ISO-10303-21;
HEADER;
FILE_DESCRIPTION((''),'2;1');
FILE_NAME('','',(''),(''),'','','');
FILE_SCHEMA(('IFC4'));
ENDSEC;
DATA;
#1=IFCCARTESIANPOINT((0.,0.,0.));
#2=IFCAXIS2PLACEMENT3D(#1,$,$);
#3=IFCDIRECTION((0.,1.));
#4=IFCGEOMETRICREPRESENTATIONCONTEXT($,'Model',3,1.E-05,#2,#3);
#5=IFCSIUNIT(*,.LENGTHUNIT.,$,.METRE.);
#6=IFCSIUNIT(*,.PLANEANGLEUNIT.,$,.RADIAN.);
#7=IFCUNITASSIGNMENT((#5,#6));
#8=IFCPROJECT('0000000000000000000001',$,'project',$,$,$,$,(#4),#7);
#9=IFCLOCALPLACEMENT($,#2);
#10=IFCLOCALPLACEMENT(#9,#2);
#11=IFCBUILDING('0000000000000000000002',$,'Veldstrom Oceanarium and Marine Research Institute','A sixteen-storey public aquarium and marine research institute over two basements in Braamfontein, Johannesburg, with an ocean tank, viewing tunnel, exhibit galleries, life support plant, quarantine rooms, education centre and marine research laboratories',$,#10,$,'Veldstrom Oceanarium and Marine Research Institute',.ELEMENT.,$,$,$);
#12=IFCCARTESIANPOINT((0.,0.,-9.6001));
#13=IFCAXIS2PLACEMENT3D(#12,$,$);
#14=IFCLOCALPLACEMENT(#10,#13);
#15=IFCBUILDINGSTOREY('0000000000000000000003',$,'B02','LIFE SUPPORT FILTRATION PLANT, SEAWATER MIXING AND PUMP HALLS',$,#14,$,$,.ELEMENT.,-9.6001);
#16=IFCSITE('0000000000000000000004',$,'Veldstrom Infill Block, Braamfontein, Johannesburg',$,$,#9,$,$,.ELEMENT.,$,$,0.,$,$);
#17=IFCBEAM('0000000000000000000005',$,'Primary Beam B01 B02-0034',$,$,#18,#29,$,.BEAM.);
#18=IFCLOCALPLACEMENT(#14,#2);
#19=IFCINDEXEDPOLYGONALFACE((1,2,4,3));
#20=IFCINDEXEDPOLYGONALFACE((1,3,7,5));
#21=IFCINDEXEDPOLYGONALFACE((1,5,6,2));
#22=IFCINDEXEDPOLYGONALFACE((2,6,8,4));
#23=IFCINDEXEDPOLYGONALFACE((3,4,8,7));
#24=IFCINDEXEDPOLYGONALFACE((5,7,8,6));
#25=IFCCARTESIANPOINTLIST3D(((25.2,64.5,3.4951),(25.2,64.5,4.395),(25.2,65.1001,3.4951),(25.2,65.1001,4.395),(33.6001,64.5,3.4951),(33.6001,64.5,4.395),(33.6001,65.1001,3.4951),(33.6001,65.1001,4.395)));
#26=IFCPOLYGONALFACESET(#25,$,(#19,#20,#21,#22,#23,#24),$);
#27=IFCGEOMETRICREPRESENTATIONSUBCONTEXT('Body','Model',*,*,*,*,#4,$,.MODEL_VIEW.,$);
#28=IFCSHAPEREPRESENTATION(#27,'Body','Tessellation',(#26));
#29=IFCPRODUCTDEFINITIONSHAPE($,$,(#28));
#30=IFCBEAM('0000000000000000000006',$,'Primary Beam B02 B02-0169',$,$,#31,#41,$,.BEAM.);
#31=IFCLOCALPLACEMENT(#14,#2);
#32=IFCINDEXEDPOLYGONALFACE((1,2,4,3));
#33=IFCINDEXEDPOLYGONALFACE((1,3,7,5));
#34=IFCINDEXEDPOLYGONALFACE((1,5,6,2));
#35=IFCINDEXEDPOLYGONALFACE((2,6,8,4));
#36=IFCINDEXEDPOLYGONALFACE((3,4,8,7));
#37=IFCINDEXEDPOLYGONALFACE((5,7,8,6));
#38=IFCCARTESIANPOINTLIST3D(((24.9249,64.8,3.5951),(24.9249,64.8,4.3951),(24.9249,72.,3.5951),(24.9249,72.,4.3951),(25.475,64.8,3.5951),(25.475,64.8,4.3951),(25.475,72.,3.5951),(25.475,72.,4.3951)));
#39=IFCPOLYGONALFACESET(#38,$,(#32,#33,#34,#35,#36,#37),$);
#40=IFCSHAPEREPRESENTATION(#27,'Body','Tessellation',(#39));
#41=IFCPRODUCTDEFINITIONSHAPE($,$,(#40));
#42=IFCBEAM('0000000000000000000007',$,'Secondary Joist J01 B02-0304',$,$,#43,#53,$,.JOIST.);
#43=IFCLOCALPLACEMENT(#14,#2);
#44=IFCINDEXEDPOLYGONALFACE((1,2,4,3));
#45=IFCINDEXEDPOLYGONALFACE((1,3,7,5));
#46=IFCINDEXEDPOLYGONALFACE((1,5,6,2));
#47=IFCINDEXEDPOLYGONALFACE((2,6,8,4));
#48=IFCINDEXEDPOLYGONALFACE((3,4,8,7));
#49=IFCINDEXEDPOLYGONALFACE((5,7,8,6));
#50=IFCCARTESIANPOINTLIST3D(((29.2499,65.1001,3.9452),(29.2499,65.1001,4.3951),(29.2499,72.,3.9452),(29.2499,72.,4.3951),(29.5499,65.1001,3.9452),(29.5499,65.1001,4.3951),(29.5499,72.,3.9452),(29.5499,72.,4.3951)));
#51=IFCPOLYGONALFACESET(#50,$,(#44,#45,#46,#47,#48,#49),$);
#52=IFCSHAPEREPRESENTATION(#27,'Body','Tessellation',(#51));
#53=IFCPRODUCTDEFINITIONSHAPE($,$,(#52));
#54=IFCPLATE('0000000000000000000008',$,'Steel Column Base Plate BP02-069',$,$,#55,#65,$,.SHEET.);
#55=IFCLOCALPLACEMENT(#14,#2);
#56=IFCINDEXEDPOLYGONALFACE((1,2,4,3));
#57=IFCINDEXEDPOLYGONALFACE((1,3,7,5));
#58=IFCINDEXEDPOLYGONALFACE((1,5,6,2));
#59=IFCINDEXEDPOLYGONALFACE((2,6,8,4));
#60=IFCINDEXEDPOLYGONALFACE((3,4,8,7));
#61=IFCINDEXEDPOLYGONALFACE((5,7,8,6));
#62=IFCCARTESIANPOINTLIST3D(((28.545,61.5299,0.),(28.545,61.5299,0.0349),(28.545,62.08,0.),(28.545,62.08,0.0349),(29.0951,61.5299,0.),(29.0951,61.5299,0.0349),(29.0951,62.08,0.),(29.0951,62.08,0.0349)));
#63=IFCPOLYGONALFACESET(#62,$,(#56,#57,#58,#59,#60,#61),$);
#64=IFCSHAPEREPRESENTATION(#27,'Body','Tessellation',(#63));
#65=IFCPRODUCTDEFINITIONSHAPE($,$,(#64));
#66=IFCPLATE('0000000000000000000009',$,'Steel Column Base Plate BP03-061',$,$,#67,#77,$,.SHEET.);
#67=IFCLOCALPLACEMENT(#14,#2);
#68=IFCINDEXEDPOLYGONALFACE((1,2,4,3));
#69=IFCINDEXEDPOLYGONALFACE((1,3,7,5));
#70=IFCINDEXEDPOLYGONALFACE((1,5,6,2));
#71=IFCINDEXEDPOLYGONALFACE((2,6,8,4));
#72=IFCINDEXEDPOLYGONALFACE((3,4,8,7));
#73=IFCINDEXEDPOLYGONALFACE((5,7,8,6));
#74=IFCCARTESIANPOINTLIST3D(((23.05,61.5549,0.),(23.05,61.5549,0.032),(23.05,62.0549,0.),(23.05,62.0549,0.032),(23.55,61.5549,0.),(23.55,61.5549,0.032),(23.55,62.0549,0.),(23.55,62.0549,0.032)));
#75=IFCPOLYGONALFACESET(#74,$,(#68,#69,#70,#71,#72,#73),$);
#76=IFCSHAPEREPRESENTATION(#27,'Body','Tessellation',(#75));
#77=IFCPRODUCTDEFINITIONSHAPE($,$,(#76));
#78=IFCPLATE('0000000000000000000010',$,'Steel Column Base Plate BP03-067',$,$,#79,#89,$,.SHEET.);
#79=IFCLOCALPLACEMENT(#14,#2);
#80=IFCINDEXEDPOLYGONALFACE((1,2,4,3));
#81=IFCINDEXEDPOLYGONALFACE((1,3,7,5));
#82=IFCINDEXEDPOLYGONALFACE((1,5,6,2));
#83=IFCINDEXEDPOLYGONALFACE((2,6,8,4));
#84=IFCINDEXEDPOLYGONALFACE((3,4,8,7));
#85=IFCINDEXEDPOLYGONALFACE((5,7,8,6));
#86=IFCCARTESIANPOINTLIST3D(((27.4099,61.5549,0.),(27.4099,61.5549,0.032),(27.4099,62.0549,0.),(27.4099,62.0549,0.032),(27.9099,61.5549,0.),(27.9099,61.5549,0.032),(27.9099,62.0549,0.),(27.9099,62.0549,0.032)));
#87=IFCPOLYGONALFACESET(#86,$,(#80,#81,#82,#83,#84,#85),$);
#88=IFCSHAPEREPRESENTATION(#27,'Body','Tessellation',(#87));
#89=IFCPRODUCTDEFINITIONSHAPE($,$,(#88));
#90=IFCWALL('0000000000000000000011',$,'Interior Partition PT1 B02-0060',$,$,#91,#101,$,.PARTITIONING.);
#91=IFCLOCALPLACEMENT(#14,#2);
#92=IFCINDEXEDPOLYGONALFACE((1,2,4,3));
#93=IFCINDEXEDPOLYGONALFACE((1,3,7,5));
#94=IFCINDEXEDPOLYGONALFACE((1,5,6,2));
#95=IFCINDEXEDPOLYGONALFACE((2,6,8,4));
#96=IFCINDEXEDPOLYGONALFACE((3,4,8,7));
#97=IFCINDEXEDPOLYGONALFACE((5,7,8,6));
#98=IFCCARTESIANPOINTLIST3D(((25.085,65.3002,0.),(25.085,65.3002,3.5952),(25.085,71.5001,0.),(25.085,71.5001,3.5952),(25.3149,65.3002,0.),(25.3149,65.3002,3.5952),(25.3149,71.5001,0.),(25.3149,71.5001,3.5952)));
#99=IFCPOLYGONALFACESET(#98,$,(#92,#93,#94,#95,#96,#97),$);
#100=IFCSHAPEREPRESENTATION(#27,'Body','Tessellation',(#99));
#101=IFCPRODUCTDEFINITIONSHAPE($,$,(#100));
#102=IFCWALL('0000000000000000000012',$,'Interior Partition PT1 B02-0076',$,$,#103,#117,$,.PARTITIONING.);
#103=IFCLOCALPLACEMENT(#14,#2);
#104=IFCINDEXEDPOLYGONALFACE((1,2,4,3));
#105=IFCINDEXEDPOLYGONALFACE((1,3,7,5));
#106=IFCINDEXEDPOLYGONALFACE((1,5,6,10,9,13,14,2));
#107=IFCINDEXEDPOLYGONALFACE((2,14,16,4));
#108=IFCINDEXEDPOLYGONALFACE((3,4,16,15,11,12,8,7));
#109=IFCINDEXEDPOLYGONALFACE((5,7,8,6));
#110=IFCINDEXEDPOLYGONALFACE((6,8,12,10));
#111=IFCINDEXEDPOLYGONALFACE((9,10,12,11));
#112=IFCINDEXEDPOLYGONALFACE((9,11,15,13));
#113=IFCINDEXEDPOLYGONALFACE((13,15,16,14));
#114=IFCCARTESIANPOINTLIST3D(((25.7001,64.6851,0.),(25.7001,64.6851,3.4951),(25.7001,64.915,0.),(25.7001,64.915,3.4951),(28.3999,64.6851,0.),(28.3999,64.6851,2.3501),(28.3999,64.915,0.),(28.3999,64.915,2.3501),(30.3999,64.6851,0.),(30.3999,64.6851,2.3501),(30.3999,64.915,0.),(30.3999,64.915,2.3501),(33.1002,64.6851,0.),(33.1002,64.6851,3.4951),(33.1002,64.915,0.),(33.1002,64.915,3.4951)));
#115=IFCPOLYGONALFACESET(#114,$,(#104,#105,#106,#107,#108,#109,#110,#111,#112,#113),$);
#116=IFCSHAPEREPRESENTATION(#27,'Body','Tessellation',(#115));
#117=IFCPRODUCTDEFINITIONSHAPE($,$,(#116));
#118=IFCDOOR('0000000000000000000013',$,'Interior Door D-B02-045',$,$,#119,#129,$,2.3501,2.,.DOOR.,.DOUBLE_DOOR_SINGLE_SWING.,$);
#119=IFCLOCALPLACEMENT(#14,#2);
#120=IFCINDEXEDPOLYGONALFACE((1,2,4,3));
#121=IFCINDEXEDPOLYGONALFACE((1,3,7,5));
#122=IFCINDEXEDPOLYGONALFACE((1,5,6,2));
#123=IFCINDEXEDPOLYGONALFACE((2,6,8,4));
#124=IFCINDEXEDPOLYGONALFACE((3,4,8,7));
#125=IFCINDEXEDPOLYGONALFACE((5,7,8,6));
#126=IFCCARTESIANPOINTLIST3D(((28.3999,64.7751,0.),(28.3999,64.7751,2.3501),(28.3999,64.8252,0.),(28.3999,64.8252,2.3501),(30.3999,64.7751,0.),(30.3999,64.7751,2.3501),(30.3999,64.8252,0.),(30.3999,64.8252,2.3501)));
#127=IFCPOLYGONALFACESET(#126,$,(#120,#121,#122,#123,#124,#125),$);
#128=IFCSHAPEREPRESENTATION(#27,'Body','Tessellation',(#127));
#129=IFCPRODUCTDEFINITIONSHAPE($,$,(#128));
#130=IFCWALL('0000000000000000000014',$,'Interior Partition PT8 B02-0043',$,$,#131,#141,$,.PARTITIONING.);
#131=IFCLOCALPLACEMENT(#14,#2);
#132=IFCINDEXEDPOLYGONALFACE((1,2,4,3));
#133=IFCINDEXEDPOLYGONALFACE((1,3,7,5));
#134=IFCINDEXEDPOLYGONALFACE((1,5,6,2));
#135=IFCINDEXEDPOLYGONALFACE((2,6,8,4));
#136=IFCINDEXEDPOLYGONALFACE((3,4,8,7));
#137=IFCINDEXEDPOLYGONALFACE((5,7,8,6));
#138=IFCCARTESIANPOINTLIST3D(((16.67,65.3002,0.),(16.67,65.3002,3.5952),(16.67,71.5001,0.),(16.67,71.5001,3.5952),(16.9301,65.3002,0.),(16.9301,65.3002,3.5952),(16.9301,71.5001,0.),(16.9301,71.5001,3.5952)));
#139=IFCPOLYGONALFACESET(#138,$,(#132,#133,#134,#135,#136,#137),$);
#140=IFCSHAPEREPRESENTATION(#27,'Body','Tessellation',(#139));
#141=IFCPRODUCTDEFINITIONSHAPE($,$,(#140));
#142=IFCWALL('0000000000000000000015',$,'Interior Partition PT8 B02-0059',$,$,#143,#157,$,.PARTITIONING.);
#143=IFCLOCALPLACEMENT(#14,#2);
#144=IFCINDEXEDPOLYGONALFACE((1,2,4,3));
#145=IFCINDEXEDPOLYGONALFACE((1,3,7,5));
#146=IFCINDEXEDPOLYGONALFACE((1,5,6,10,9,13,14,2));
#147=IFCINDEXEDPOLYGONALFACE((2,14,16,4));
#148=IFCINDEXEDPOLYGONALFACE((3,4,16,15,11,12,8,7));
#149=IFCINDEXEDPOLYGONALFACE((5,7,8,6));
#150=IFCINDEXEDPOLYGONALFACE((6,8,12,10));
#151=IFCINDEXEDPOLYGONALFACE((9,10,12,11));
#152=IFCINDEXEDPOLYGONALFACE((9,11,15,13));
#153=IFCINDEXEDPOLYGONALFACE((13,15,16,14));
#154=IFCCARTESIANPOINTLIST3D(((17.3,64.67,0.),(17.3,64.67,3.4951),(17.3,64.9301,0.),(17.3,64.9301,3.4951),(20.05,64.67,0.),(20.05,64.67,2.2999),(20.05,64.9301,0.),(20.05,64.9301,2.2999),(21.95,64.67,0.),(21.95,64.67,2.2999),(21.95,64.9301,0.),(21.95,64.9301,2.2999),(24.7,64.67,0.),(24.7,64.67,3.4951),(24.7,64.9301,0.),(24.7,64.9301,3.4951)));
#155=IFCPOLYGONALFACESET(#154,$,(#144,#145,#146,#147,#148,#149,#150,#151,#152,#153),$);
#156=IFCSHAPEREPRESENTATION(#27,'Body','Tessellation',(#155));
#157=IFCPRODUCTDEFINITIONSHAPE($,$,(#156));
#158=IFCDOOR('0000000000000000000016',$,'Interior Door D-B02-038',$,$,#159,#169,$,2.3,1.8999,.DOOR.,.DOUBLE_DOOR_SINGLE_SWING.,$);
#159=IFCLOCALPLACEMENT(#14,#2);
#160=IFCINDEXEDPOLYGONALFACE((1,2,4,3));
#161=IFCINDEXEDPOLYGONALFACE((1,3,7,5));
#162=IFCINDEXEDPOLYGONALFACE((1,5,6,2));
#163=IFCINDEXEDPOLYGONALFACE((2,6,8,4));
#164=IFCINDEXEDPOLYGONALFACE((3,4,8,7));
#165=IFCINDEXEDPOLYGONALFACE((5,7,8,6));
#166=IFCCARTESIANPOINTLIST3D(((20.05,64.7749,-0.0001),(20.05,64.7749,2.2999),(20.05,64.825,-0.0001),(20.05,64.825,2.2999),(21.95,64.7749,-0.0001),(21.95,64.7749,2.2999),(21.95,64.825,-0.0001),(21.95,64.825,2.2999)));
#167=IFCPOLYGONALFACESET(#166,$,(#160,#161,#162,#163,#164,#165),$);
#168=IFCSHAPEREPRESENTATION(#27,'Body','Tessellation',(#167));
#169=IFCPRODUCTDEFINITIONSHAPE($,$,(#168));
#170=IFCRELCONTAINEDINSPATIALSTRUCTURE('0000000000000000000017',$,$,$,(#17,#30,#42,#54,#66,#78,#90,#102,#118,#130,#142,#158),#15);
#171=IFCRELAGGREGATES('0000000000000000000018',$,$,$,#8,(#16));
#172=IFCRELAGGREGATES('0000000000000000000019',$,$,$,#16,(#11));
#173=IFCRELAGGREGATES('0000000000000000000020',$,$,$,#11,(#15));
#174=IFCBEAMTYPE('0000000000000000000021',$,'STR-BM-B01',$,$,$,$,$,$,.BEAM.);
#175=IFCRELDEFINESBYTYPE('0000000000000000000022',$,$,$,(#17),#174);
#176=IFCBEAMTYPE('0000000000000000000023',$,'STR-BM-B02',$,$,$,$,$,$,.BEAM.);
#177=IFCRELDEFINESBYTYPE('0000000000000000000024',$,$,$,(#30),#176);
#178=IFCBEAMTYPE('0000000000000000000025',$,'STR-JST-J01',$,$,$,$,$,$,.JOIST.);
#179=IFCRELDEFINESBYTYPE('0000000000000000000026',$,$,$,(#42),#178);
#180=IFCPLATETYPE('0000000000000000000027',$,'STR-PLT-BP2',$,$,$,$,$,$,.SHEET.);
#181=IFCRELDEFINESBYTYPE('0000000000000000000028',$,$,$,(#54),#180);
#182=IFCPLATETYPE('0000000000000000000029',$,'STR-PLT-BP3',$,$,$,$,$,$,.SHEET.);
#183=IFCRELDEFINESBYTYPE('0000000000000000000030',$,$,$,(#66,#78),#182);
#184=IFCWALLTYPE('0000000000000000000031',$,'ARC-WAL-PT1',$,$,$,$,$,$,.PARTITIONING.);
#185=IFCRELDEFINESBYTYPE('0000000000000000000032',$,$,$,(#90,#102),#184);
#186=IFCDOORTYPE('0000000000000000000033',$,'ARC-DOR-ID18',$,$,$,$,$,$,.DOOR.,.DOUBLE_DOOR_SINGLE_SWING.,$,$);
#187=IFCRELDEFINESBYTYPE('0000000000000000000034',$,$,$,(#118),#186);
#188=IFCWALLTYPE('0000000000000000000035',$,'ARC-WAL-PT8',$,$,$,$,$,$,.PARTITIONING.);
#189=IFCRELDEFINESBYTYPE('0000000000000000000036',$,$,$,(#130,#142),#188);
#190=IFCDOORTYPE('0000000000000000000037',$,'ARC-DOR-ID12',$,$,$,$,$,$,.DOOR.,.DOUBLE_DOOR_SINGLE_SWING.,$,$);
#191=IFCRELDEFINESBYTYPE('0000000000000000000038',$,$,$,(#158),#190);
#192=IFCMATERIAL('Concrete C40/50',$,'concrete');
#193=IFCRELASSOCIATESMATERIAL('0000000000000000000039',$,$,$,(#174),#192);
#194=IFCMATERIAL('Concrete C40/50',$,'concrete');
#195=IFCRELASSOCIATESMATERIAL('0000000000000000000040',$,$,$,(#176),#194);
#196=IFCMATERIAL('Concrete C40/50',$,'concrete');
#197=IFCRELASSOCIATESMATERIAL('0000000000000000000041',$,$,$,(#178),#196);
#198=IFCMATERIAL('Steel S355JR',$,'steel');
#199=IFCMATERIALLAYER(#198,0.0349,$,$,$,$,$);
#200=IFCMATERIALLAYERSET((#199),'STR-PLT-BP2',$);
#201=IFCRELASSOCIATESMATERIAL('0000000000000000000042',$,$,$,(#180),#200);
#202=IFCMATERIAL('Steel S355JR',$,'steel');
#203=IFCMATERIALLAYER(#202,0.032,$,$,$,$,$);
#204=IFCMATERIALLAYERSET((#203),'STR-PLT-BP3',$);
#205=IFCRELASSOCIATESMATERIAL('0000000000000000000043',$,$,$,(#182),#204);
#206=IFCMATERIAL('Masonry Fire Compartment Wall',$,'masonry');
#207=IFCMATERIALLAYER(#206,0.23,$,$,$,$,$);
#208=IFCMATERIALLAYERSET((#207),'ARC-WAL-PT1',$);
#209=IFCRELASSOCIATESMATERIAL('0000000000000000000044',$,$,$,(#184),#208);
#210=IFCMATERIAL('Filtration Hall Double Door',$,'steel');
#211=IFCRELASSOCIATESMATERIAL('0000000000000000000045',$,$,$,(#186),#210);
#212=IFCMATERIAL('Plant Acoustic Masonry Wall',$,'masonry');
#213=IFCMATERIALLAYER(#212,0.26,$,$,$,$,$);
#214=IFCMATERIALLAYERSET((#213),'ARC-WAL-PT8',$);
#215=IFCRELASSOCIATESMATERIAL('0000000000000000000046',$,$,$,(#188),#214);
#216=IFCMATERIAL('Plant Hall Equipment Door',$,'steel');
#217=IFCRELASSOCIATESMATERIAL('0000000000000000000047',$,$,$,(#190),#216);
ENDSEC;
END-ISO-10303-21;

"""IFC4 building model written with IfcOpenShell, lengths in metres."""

from ifc_helpers import new_model, si_unit, direction, frame, frame_2d, origin, origin_2d, place, context, subcontext, project, spatial, rectangle, extrude, material, layer, layer_set, material_profile, profile_set, type_object, element, fill, save


model = new_model("IFC4")

# Units and contexts
model_context = context("Model", 3, precision=1e-05, world=origin(), true_north=direction((0.0, 1.0)))
body_context = subcontext(model_context, "Body", "Model", "MODEL_VIEW")
ifc_project = project(units=[si_unit("LENGTHUNIT", "METRE"), si_unit("PLANEANGLEUNIT", "RADIAN")], contexts=[model_context])

# Site, building, storey
site_placement = place(None, origin())
site = spatial("IfcSite", under=ifc_project, at=site_placement, Name="Veldstrom Infill Block, Braamfontein, Johannesburg", CompositionType="ELEMENT", RefElevation=0.0)
building_placement = place(site_placement, origin())
building = spatial("IfcBuilding", under=site, at=building_placement, Name="Veldstrom Oceanarium and Marine Research Institute", Description="A sixteen-storey public aquarium and marine research institute over two basements in Braamfontein, Johannesburg, with an ocean tank, viewing tunnel, exhibit galleries, life support plant, quarantine rooms, education centre and marine research laboratories", LongName="Veldstrom Oceanarium and Marine Research Institute", CompositionType="ELEMENT")
storey_placement = place(building_placement, frame((0.0, 0.0, -9.6001)))
storey = spatial("IfcBuildingStorey", under=building, at=storey_placement, Name="B02", Description="LIFE SUPPORT FILTRATION PLANT, SEAWATER MIXING AND PUMP HALLS", CompositionType="ELEMENT", Elevation=-9.6001)

# Beams
ifc_material_1 = material(Name="Concrete C40/50", Category="concrete")
ifc_material_profile_1 = material_profile(ifc_material_1, rectangle(XDim=0.6001, YDim=0.8999, at=origin_2d()), Name="RC-BM-600x900")
ifc_profile_set_1 = profile_set([ifc_material_profile_1], Name="Concrete C40/50")
beam_type_1 = type_object("IfcBeamType", Name="STR-BM-B01", PredefinedType="BEAM", material=ifc_profile_set_1)
beam_1_placement = place(storey_placement, frame((25.2, 64.8, 3.9451), z_axis=(1.0, 0.0, 0.0), x_axis=(0.0, 1.0, 0.0)))
element("IfcBeam", 1, at=beam_1_placement, inside=storey, type_object=beam_type_1, Name="Primary Beam B01 B02-0034", PredefinedType="BEAM", context=body_context, shape_type="SweptSolid", body=[
    extrude(rectangle(XDim=0.6001, YDim=0.8999, at=origin_2d()), origin(), (0.0, 0.0, 1.0), 8.4001),
])
ifc_material_2 = material(Name="Concrete C40/50", Category="concrete")
ifc_material_profile_2 = material_profile(ifc_material_2, rectangle(XDim=0.55, YDim=0.8, at=origin_2d()), Name="RC-BM-550x800")
ifc_profile_set_2 = profile_set([ifc_material_profile_2], Name="Concrete C40/50")
beam_type_2 = type_object("IfcBeamType", Name="STR-BM-B02", PredefinedType="BEAM", material=ifc_profile_set_2)
beam_2_placement = place(storey_placement, frame((25.2, 64.8, 3.9951), z_axis=(0.0, 1.0, 0.0), x_axis=(-1.0, 0.0, 0.0)))
element("IfcBeam", 2, at=beam_2_placement, inside=storey, type_object=beam_type_2, Name="Primary Beam B02 B02-0169", PredefinedType="BEAM", context=body_context, shape_type="SweptSolid", body=[
    extrude(rectangle(XDim=0.55, YDim=0.8, at=origin_2d()), origin(), (0.0, 0.0, 1.0), 7.2),
])
ifc_material_3 = material(Name="Concrete C40/50", Category="concrete")
ifc_material_profile_3 = material_profile(ifc_material_3, rectangle(XDim=0.3, YDim=0.45, at=origin_2d()), Name="RC-JST-300x450")
ifc_profile_set_3 = profile_set([ifc_material_profile_3], Name="Concrete C40/50")
beam_type_3 = type_object("IfcBeamType", Name="STR-JST-J01", PredefinedType="JOIST", material=ifc_profile_set_3)
beam_3_placement = place(storey_placement, frame((29.3999, 65.1001, 4.1702), z_axis=(0.0, 1.0, 0.0), x_axis=(-1.0, 0.0, 0.0)))
element("IfcBeam", 3, at=beam_3_placement, inside=storey, type_object=beam_type_3, Name="Secondary Joist J01 B02-0304", PredefinedType="JOIST", context=body_context, shape_type="SweptSolid", body=[
    extrude(rectangle(XDim=0.3, YDim=0.45, at=origin_2d()), origin(), (0.0, 0.0, 1.0), 6.8999),
])

# Plates
ifc_material_4 = material(Name="Steel S355JR", Category="steel")
ifc_layer_1 = layer(ifc_material_4, 0.0349)
ifc_layer_set_1 = layer_set([ifc_layer_1], Name="STR-PLT-BP2")
plate_type_1 = type_object("IfcPlateType", Name="STR-PLT-BP2", PredefinedType="SHEET", material=ifc_layer_set_1)
plate_placement = place(storey_placement, frame((28.8201, 61.8049, 0.0), z_axis=(0.0, 0.0, 1.0), x_axis=(1.0, 0.0, 0.0)))
element("IfcPlate", 4, at=plate_placement, inside=storey, type_object=plate_type_1, Name="Steel Column Base Plate BP02-069", PredefinedType="SHEET", context=body_context, shape_type="SweptSolid", body=[
    extrude(rectangle(XDim=0.55, YDim=0.55, at=origin_2d()), origin(), (0.0, 0.0, 1.0), 0.0349),
])
ifc_material_5 = material(Name="Steel S355JR", Category="steel")
ifc_layer_2 = layer(ifc_material_5, 0.032)
ifc_layer_set_2 = layer_set([ifc_layer_2], Name="STR-PLT-BP3")
plate_type_2 = type_object("IfcPlateType", Name="STR-PLT-BP3", PredefinedType="SHEET", material=ifc_layer_set_2)
for number, where, z_axis, x_axis, name in (
    (5, (23.3, 61.8049, 0.0), (0.0, 0.0, 1.0), (1.0, 0.0, 0.0), "Steel Column Base Plate BP03-061"),
    (6, (27.6599, 61.8049, 0.0), (0.0, 0.0, 1.0), (1.0, 0.0, 0.0), "Steel Column Base Plate BP03-067"),
):
    element("IfcPlate", number, at=place(storey_placement, frame(where, z_axis=z_axis, x_axis=x_axis)), inside=storey, type_object=plate_type_2, Name=name, PredefinedType="SHEET", context=body_context, shape_type="SweptSolid", body=[
        extrude(rectangle(XDim=0.5, YDim=0.5, at=origin_2d()), origin(), (0.0, 0.0, 1.0), 0.032),
    ])

# Wall
ifc_material_6 = material(Name="Masonry Fire Compartment Wall", Category="masonry")
ifc_layer_3 = layer(ifc_material_6, 0.23)
ifc_layer_set_3 = layer_set([ifc_layer_3], Name="ARC-WAL-PT1")
wall_type_1 = type_object("IfcWallType", Name="ARC-WAL-PT1", PredefinedType="PARTITIONING", material=ifc_layer_set_3)
wall_1_placement = place(storey_placement, frame((25.2, 65.3, 0.0), z_axis=(0.0, 0.0, 1.0), x_axis=(0.0, 1.0, 0.0)))
element("IfcWall", 7, at=wall_1_placement, inside=storey, type_object=wall_type_1, Name="Interior Partition PT1 B02-0060", PredefinedType="PARTITIONING", context=body_context, shape_type="SweptSolid", body=[
    extrude(rectangle(XDim=6.2, YDim=0.23, at=frame_2d((3.1001, 0.0))), origin(), (0.0, 0.0, 1.0), 3.5952),
])

# Wall, opening, door
wall_2_placement = place(storey_placement, frame((25.7, 64.8, 0.0), z_axis=(0.0, 0.0, 1.0), x_axis=(1.0, 0.0, 0.0)))
wall_2 = element("IfcWall", 8, at=wall_2_placement, inside=storey, type_object=wall_type_1, Name="Interior Partition PT1 B02-0076", PredefinedType="PARTITIONING", context=body_context, shape_type="SweptSolid", body=[
    extrude(rectangle(XDim=7.4001, YDim=0.23, at=frame_2d((3.7002, 0.0))), origin(), (0.0, 0.0, 1.0), 3.4951),
])
opening_1_placement = place(wall_2_placement, frame((2.7, 0.0, 0.0)))
opening_1 = element("IfcOpeningElement", 9, at=opening_1_placement, cuts=wall_2, PredefinedType="OPENING", context=body_context, shape_type="SweptSolid", body=[
    extrude(rectangle(XDim=2.0, YDim=2.3501, at=frame_2d((1.0, 1.175))), frame((0.0, 0.125, 0.0), z_axis=(0.0, -1.0, 0.0), x_axis=(1.0, 0.0, 0.0)), (0.0, 0.0, 1.0), 0.25),
])
ifc_material_7 = material(Name="Filtration Hall Double Door", Category="steel")
door_type_1 = type_object("IfcDoorType", Name="ARC-DOR-ID18", OperationType="DOUBLE_DOOR_SINGLE_SWING", PredefinedType="DOOR", material=ifc_material_7)
door_1_placement = place(opening_1_placement, frame((2.0, 0.0, 0.0), z_axis=(0.0, 0.0, 1.0), x_axis=(-1.0, 0.0, 0.0)))
door_1 = element("IfcDoor", 10, at=door_1_placement, inside=storey, type_object=door_type_1, Name="Interior Door D-B02-045", OperationType="DOUBLE_DOOR_SINGLE_SWING", OverallHeight=2.3501, OverallWidth=2.0, PredefinedType="DOOR", context=body_context, shape_type="SweptSolid", body=[
    extrude(rectangle(XDim=2.0, YDim=2.3501, at=frame_2d((1.0, 1.175))), frame((0.0, 0.0249, 0.0), z_axis=(0.0, -1.0, 0.0), x_axis=(1.0, 0.0, 0.0)), (0.0, 0.0, 1.0), 0.05),
])
fill(opening_1, door_1)

# Wall
ifc_material_8 = material(Name="Plant Acoustic Masonry Wall", Category="masonry")
ifc_layer_4 = layer(ifc_material_8, 0.26)
ifc_layer_set_4 = layer_set([ifc_layer_4], Name="ARC-WAL-PT8")
wall_type_2 = type_object("IfcWallType", Name="ARC-WAL-PT8", PredefinedType="PARTITIONING", material=ifc_layer_set_4)
wall_3_placement = place(storey_placement, frame((16.8, 65.3, 0.0), z_axis=(0.0, 0.0, 1.0), x_axis=(0.0, 1.0, 0.0)))
element("IfcWall", 11, at=wall_3_placement, inside=storey, type_object=wall_type_2, Name="Interior Partition PT8 B02-0043", PredefinedType="PARTITIONING", context=body_context, shape_type="SweptSolid", body=[
    extrude(rectangle(XDim=6.2, YDim=0.26, at=frame_2d((3.1001, 0.0))), origin(), (0.0, 0.0, 1.0), 3.5952),
])

# Wall, opening, door
wall_4_placement = place(storey_placement, frame((17.3, 64.8, 0.0), z_axis=(0.0, 0.0, 1.0), x_axis=(1.0, 0.0, 0.0)))
wall_4 = element("IfcWall", 12, at=wall_4_placement, inside=storey, type_object=wall_type_2, Name="Interior Partition PT8 B02-0059", PredefinedType="PARTITIONING", context=body_context, shape_type="SweptSolid", body=[
    extrude(rectangle(XDim=7.3999, YDim=0.26, at=frame_2d((3.7, 0.0))), origin(), (0.0, 0.0, 1.0), 3.4951),
])
opening_2_placement = place(wall_4_placement, frame((2.75, 0.0, 0.0)))
opening_2 = element("IfcOpeningElement", 13, at=opening_2_placement, cuts=wall_4, PredefinedType="OPENING", context=body_context, shape_type="SweptSolid", body=[
    extrude(rectangle(XDim=1.8999, YDim=2.3, at=frame_2d((0.95, 1.1499))), frame((0.0, 0.1399, 0.0), z_axis=(0.0, -1.0, 0.0), x_axis=(1.0, 0.0, 0.0)), (0.0, 0.0, 1.0), 0.28),
])
ifc_material_9 = material(Name="Plant Hall Equipment Door", Category="steel")
door_type_2 = type_object("IfcDoorType", Name="ARC-DOR-ID12", OperationType="DOUBLE_DOOR_SINGLE_SWING", PredefinedType="DOOR", material=ifc_material_9)
door_2_placement = place(opening_2_placement, origin())
door_2 = element("IfcDoor", 14, at=door_2_placement, inside=storey, type_object=door_type_2, Name="Interior Door D-B02-038", OperationType="DOUBLE_DOOR_SINGLE_SWING", OverallHeight=2.3, OverallWidth=1.8999, PredefinedType="DOOR", context=body_context, shape_type="SweptSolid", body=[
    extrude(rectangle(XDim=1.8999, YDim=2.3, at=frame_2d((0.95, 1.1499))), frame((0.0, 0.0249, 0.0), z_axis=(0.0, -1.0, 0.0), x_axis=(1.0, 0.0, 0.0)), (0.0, 0.0, 1.0), 0.05),
])
fill(opening_2, door_2)

save(model, "model.ifc")
